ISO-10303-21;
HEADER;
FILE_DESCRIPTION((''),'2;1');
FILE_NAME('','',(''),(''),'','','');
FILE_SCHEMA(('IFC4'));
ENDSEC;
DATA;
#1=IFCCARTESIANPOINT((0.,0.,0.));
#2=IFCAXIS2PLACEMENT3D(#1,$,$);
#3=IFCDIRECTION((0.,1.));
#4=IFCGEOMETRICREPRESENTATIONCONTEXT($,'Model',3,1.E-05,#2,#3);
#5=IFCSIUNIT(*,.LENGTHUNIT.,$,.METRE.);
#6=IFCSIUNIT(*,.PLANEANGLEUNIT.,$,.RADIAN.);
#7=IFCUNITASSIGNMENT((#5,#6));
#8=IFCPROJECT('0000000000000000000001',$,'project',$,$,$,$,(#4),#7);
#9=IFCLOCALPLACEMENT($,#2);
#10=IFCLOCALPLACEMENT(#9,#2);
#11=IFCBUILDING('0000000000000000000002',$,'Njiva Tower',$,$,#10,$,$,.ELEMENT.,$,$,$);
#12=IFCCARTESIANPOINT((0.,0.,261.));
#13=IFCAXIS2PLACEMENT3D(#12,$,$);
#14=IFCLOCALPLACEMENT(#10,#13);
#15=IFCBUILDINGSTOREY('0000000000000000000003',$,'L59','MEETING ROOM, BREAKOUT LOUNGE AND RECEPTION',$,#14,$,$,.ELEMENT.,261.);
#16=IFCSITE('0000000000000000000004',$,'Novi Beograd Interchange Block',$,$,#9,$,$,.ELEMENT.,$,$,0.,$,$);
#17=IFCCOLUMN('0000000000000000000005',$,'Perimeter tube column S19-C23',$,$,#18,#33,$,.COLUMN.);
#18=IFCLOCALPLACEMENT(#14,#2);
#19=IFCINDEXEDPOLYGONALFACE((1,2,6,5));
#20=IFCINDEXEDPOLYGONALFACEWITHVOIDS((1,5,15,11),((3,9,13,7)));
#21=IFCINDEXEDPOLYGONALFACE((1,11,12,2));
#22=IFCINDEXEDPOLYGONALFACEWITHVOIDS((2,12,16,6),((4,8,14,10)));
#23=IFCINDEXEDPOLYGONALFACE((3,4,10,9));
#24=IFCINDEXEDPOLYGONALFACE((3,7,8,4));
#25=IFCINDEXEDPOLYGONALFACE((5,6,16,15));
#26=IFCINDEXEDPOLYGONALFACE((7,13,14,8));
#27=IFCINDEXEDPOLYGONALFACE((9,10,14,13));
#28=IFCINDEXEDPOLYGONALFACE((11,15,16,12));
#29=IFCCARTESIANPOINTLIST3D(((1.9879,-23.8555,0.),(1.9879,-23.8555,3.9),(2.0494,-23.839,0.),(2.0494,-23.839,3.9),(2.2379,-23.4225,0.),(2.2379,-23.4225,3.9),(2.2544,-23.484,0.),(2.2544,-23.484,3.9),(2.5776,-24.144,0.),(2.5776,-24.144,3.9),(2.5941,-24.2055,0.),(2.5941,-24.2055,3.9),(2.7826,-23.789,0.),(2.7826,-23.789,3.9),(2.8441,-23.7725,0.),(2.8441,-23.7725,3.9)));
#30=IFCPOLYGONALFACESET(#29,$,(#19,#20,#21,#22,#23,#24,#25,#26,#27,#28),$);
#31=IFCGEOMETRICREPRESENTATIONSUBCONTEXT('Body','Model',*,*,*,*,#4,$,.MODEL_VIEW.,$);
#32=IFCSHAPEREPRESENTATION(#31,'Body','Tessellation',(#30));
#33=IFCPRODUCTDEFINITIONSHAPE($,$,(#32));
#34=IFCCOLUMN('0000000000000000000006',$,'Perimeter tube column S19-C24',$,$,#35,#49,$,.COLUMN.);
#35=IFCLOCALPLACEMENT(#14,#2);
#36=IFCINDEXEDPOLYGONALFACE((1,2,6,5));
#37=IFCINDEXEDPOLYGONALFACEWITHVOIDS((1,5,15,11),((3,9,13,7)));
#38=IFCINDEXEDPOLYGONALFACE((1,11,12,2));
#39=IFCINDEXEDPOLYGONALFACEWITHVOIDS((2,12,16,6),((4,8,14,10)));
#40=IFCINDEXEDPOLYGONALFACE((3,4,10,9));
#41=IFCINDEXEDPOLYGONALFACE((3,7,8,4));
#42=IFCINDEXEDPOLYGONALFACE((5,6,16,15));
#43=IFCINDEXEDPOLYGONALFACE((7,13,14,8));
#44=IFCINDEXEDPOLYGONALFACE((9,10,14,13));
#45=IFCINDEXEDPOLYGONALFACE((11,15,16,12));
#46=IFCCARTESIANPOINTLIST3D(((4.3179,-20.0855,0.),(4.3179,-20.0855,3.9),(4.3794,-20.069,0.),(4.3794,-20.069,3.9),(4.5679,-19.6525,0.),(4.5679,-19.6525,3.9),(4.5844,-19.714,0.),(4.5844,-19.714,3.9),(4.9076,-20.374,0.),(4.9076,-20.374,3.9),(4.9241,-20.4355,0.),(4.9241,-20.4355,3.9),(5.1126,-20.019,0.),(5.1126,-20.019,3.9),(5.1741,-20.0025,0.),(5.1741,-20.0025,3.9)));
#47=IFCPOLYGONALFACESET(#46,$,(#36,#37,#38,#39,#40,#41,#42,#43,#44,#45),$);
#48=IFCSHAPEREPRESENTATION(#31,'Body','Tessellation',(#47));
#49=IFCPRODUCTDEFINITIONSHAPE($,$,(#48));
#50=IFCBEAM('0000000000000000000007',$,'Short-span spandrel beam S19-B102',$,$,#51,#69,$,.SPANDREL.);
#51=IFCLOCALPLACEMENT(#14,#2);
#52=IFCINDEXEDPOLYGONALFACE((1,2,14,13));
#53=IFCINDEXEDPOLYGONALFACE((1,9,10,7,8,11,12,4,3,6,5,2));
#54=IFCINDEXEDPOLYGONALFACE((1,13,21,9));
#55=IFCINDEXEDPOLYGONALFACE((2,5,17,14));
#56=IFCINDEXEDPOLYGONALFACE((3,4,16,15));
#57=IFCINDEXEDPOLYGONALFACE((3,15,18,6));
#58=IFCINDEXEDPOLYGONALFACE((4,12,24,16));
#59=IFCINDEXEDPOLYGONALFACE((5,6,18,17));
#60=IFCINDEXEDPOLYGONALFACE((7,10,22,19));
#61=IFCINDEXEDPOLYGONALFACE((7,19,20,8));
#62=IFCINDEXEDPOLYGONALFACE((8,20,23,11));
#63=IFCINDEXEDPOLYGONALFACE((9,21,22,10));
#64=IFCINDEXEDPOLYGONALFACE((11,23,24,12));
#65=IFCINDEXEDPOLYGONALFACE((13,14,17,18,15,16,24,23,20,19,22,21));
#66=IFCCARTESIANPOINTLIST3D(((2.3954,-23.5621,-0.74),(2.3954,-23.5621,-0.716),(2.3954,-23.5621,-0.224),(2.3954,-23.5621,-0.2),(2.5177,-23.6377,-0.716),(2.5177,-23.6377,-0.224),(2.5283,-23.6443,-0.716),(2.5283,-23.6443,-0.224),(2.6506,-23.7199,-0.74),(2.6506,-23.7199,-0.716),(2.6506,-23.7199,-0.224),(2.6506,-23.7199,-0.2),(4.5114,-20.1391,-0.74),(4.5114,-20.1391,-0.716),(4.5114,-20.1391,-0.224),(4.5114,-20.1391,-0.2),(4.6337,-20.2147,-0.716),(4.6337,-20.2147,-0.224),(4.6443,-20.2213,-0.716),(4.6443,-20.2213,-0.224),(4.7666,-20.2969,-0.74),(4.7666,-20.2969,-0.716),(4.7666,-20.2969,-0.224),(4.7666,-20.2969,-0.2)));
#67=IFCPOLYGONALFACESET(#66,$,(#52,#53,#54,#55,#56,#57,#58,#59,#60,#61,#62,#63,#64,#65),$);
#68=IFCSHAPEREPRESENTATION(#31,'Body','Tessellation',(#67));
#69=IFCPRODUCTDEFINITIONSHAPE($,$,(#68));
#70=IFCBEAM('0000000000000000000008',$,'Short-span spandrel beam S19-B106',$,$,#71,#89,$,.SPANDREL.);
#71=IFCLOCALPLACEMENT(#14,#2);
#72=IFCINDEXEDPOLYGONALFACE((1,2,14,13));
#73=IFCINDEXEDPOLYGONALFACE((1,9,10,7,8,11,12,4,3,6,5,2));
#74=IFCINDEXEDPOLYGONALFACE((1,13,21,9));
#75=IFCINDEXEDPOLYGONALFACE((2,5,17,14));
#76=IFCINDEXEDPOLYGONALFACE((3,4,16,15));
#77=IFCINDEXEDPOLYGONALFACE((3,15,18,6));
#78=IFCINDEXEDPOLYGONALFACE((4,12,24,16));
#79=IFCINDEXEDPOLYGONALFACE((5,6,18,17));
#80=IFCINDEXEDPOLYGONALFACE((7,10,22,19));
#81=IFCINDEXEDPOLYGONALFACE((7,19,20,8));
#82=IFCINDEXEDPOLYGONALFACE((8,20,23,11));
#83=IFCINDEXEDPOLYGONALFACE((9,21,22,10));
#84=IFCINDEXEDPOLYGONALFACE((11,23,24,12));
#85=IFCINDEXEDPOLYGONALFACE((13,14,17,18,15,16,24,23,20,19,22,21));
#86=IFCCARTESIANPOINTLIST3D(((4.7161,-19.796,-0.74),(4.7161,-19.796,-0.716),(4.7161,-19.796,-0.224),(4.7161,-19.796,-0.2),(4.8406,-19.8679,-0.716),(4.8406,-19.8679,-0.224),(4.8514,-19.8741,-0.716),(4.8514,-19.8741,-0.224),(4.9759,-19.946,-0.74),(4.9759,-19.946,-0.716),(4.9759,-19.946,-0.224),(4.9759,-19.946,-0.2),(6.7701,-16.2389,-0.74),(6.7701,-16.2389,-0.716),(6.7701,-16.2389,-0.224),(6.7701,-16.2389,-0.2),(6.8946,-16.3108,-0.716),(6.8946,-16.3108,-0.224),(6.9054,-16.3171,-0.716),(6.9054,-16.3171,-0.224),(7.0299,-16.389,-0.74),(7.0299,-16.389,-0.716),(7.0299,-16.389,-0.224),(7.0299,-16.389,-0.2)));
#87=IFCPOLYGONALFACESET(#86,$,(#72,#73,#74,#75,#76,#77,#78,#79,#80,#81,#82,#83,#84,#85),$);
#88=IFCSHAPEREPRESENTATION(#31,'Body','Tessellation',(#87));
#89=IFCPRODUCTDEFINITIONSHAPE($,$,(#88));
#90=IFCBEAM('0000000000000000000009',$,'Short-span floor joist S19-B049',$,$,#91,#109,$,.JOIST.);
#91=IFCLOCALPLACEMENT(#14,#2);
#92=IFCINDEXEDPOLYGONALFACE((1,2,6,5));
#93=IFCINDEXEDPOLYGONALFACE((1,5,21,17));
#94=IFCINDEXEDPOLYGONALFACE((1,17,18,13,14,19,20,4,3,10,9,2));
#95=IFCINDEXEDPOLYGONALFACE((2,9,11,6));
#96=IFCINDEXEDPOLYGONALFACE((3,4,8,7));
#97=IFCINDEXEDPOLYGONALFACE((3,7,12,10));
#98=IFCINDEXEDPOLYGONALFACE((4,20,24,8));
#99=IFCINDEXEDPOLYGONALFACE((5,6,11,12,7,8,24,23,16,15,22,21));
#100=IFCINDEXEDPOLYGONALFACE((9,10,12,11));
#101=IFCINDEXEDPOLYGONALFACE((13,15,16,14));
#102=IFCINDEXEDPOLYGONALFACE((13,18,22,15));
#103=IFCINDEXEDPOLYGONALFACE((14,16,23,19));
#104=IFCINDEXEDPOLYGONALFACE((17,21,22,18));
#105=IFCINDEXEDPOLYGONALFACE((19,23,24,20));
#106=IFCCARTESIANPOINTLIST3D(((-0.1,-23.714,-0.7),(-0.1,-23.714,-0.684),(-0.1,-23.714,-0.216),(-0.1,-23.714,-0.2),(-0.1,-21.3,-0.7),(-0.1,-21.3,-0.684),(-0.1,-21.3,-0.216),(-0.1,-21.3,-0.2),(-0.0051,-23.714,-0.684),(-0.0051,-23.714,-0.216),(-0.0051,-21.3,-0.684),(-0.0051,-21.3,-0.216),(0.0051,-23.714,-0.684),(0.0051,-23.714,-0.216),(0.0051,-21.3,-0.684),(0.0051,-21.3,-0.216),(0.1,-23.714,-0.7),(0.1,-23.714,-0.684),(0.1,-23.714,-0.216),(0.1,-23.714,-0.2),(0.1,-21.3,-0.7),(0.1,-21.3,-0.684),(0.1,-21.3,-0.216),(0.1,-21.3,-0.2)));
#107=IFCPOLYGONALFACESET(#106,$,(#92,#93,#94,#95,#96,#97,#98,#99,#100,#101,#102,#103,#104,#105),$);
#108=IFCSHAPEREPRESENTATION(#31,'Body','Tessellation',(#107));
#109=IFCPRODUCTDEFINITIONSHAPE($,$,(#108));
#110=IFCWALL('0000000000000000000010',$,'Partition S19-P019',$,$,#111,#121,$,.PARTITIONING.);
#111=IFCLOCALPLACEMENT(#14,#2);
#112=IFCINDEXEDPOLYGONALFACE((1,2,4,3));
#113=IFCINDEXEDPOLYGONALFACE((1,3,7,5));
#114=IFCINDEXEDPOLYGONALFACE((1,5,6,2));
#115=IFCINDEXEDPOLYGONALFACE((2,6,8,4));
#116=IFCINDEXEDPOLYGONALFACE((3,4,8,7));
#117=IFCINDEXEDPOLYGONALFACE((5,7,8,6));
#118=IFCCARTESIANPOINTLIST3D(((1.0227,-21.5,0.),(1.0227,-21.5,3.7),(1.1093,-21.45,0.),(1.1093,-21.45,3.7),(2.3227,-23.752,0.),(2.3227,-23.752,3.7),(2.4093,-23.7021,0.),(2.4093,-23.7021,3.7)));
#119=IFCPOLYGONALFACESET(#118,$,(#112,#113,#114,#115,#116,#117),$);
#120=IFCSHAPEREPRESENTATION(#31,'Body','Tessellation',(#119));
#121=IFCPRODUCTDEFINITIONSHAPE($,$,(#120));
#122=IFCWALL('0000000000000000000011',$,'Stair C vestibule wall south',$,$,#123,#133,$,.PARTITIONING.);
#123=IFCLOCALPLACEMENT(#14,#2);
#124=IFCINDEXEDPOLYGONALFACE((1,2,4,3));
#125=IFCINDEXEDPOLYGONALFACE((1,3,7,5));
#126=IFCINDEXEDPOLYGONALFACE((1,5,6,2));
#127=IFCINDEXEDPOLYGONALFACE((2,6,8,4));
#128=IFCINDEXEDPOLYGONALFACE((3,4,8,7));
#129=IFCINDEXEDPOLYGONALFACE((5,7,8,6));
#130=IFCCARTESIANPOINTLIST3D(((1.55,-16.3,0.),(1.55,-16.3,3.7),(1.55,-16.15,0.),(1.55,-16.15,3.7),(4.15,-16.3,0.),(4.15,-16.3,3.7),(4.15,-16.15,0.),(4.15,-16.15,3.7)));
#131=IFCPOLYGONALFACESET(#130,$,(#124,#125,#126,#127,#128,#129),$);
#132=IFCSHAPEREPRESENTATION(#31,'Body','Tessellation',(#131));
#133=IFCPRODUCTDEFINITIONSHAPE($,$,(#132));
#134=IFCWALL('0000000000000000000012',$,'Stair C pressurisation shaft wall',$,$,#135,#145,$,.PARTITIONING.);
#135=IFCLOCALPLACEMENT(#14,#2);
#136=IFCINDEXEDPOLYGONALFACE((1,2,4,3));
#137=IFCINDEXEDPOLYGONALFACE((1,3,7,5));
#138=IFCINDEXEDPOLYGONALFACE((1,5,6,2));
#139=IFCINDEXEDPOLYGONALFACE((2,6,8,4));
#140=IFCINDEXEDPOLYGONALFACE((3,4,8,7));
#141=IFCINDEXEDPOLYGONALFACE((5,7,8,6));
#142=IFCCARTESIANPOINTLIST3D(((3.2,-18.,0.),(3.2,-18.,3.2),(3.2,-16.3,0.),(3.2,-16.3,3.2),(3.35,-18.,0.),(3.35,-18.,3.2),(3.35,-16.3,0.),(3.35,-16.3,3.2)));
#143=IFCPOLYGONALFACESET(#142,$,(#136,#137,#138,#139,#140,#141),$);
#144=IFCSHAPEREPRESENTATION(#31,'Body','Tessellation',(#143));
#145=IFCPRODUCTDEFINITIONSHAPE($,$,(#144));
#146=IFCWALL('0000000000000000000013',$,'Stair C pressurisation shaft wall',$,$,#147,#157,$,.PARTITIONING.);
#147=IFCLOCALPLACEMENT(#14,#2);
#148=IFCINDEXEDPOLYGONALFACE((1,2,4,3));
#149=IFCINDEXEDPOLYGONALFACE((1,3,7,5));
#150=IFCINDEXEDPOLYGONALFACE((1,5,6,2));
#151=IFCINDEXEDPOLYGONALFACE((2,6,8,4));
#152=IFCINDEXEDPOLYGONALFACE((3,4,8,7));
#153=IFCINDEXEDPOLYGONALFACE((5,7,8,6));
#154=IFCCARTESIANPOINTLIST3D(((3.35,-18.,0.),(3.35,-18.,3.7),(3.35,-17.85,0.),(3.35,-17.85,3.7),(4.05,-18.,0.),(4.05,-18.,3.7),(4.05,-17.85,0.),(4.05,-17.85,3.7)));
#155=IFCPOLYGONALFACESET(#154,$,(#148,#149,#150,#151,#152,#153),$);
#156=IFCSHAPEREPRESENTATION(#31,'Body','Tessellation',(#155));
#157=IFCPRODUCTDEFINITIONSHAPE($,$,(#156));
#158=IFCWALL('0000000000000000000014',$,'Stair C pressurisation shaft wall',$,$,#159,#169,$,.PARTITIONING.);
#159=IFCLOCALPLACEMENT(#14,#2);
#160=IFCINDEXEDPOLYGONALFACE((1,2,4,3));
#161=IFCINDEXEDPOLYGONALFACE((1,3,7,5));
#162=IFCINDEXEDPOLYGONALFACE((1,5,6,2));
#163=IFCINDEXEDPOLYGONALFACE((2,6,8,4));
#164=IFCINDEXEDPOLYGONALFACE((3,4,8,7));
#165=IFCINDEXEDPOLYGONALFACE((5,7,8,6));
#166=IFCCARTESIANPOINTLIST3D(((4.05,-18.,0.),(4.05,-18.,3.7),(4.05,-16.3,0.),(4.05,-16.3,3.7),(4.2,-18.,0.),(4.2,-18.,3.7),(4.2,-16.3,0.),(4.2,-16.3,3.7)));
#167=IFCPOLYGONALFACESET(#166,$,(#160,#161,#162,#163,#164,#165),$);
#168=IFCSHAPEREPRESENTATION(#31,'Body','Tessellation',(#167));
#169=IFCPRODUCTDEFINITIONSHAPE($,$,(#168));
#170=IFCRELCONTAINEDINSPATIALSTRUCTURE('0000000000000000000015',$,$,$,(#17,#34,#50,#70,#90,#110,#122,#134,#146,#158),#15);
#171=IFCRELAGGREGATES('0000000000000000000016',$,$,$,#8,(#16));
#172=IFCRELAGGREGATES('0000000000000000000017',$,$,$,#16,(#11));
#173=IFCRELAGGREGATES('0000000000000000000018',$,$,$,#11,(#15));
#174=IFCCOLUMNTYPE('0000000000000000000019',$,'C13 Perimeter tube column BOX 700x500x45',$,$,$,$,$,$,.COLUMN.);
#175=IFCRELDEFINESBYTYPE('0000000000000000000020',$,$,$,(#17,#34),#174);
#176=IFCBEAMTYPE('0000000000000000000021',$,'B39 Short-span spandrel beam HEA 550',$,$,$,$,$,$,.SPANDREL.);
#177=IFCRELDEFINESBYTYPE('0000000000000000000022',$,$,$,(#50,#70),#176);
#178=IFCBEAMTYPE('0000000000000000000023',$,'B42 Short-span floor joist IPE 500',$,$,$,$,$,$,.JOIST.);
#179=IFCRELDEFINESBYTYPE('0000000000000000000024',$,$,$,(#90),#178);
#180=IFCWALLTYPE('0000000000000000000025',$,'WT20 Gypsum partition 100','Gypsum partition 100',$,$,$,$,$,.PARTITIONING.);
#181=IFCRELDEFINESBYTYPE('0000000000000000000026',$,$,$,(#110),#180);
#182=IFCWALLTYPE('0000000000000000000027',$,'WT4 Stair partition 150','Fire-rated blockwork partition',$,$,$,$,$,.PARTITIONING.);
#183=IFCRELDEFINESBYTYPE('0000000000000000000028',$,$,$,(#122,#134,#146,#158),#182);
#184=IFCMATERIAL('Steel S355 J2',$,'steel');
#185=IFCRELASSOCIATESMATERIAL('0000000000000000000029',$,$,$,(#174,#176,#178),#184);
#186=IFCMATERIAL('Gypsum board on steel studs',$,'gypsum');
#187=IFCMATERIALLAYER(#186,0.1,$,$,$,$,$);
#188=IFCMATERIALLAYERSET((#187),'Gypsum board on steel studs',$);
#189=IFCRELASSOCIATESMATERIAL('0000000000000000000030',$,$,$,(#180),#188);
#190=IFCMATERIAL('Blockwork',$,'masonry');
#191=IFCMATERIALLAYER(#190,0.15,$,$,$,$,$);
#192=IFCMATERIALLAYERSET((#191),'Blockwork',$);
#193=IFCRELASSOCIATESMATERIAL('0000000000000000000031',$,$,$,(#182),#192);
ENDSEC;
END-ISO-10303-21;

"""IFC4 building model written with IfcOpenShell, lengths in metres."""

from ifc_helpers import new_model, si_unit, direction, frame, frame_2d, origin, origin_2d, place, context, subcontext, project, spatial, rectangle, hollow_rectangle, i_section, extrude, material, layer, layer_set, material_profile, profile_set, type_object, element, save


model = new_model("IFC4")

# Units and contexts
model_context = context("Model", 3, precision=1e-05, world=origin(), true_north=direction((0.0, 1.0)))
body_context = subcontext(model_context, "Body", "Model", "MODEL_VIEW")
ifc_project = project(units=[si_unit("LENGTHUNIT", "METRE"), si_unit("PLANEANGLEUNIT", "RADIAN")], contexts=[model_context])

# Site, building, storey
site_placement = place(None, origin())
site = spatial("IfcSite", under=ifc_project, at=site_placement, Name="Novi Beograd Interchange Block", CompositionType="ELEMENT", RefElevation=0.0)
building_placement = place(site_placement, origin())
building = spatial("IfcBuilding", under=site, at=building_placement, Name="Njiva Tower", CompositionType="ELEMENT")
storey_placement = place(building_placement, frame((0.0, 0.0, 261.0)))
storey = spatial("IfcBuildingStorey", under=building, at=storey_placement, Name="L59", Description="MEETING ROOM, BREAKOUT LOUNGE AND RECEPTION", CompositionType="ELEMENT", Elevation=261.0)

# Columns
ifc_material_1 = material(Name="Steel S355 J2", Category="steel")
ifc_material_profile_1 = material_profile(ifc_material_1, hollow_rectangle(XDim=0.5, YDim=0.7, WallThickness=0.045, at=origin_2d()), Name="BOX 700x500x45")
ifc_profile_set_1 = profile_set([ifc_material_profile_1], Name="Steel S355 J2")
column_type = type_object("IfcColumnType", Name="C13 Perimeter tube column BOX 700x500x45", PredefinedType="COLUMN", material=ifc_profile_set_1)
for number, where, z_axis, x_axis, name in (
    (1, (2.416, -23.814, 0.0), (0.0, 0.0, 1.0), (0.5, 0.866025, 0.0), "Perimeter tube column S19-C23"),
    (2, (4.746, -20.044, 0.0), (0.0, 0.0, 1.0), (0.5, 0.866025, 0.0), "Perimeter tube column S19-C24"),
):
    element("IfcColumn", number, at=place(storey_placement, frame(where, z_axis=z_axis, x_axis=x_axis)), inside=storey, type_object=column_type, Name=name, PredefinedType="COLUMN", context=body_context, shape_type="SweptSolid", body=[
        extrude(hollow_rectangle(XDim=0.5, YDim=0.7, WallThickness=0.045, at=origin_2d()), origin(), (0.0, 0.0, 1.0), 3.9),
    ])

# Beams
ifc_material_profile_2 = material_profile(ifc_material_1, i_section(OverallWidth=0.3, OverallDepth=0.54, WebThickness=0.0125, FlangeThickness=0.024, at=origin_2d()), Name="HEA 550")
ifc_profile_set_2 = profile_set([ifc_material_profile_2], Name="Steel S355 J2")
beam_type_1 = type_object("IfcBeamType", Name="B39 Short-span spandrel beam HEA 550", PredefinedType="SPANDREL", material=ifc_profile_set_2)
beam_1_placement = place(storey_placement, frame((2.523, -23.641, -0.47), z_axis=(0.525816, 0.850599, 0.0), x_axis=(-0.850599, 0.525816, 0.0)))
element("IfcBeam", 3, at=beam_1_placement, inside=storey, type_object=beam_type_1, Name="Short-span spandrel beam S19-B102", PredefinedType="SPANDREL", context=body_context, shape_type="SweptSolid", body=[
    extrude(i_section(OverallWidth=0.3, OverallDepth=0.54, WebThickness=0.0125, FlangeThickness=0.024, at=origin_2d()), origin(), (0.0, 0.0, 1.0), 4.0242),
])
beam_2_placement = place(storey_placement, frame((4.846, -19.871, -0.47), z_axis=(0.500067, 0.865987, 0.0), x_axis=(-0.865987, 0.500067, 0.0)))
element("IfcBeam", 4, at=beam_2_placement, inside=storey, type_object=beam_type_1, Name="Short-span spandrel beam S19-B106", PredefinedType="SPANDREL", context=body_context, shape_type="SweptSolid", body=[
    extrude(i_section(OverallWidth=0.3, OverallDepth=0.54, WebThickness=0.0125, FlangeThickness=0.024, at=origin_2d()), origin(), (0.0, 0.0, 1.0), 4.1075),
])
ifc_material_profile_3 = material_profile(ifc_material_1, i_section(OverallWidth=0.2, OverallDepth=0.5, WebThickness=0.0102, FlangeThickness=0.016, at=origin_2d()), Name="IPE 500")
ifc_profile_set_3 = profile_set([ifc_material_profile_3], Name="Steel S355 J2")
beam_type_2 = type_object("IfcBeamType", Name="B42 Short-span floor joist IPE 500", PredefinedType="JOIST", material=ifc_profile_set_3)
beam_3_placement = place(storey_placement, frame((0.0, -21.3, -0.45), z_axis=(0.0, -1.0, 0.0), x_axis=(1.0, 0.0, 0.0)))
element("IfcBeam", 5, at=beam_3_placement, inside=storey, type_object=beam_type_2, Name="Short-span floor joist S19-B049", PredefinedType="JOIST", context=body_context, shape_type="SweptSolid", body=[
    extrude(i_section(OverallWidth=0.2, OverallDepth=0.5, WebThickness=0.0102, FlangeThickness=0.016, at=origin_2d()), origin(), (0.0, 0.0, 1.0), 2.414),
])

# Walls
ifc_material_2 = material(Name="Gypsum board on steel studs", Category="gypsum")
ifc_layer_1 = layer(ifc_material_2, 0.1)
ifc_layer_set_1 = layer_set([ifc_layer_1], Name="Gypsum board on steel studs")
wall_type_1 = type_object("IfcWallType", Name="WT20 Gypsum partition 100", Description="Gypsum partition 100", PredefinedType="PARTITIONING", material=ifc_layer_set_1)
wall_1_placement = place(storey_placement, frame((1.066, -21.475, 0.0), z_axis=(0.0, 0.0, 1.0), x_axis=(0.499944, -0.866058, 0.0)))
element("IfcWall", 6, at=wall_1_placement, inside=storey, type_object=wall_type_1, Name="Partition S19-P019", PredefinedType="PARTITIONING", context=body_context, shape_type="SweptSolid", body=[
    extrude(rectangle(XDim=2.6003, YDim=0.1, at=frame_2d((1.3002, 0.0))), origin(), (0.0, 0.0, 1.0), 3.7),
])
ifc_material_3 = material(Name="Blockwork", Category="masonry")
ifc_layer_2 = layer(ifc_material_3, 0.15)
ifc_layer_set_2 = layer_set([ifc_layer_2], Name="Blockwork")
wall_type_2 = type_object("IfcWallType", Name="WT4 Stair partition 150", Description="Fire-rated blockwork partition", PredefinedType="PARTITIONING", material=ifc_layer_set_2)
wall_2_placement = place(storey_placement, frame((1.55, -16.225, 0.0), z_axis=(0.0, 0.0, 1.0), x_axis=(1.0, 0.0, 0.0)))
element("IfcWall", 7, at=wall_2_placement, inside=storey, type_object=wall_type_2, Name="Stair C vestibule wall south", PredefinedType="PARTITIONING", context=body_context, shape_type="SweptSolid", body=[
    extrude(rectangle(XDim=2.6, YDim=0.15, at=frame_2d((1.3, 0.0))), origin(), (0.0, 0.0, 1.0), 3.7),
])
wall_3_placement = place(storey_placement, frame((3.275, -18.0, 0.0), z_axis=(0.0, 0.0, 1.0), x_axis=(0.0, 1.0, 0.0)))
element("IfcWall", 8, at=wall_3_placement, inside=storey, type_object=wall_type_2, Name="Stair C pressurisation shaft wall", PredefinedType="PARTITIONING", context=body_context, shape_type="SweptSolid", body=[
    extrude(rectangle(XDim=1.7, YDim=0.15, at=frame_2d((0.85, 0.0))), origin(), (0.0, 0.0, 1.0), 3.2),
])
wall_4_placement = place(storey_placement, frame((3.35, -17.925, 0.0), z_axis=(0.0, 0.0, 1.0), x_axis=(1.0, 0.0, 0.0)))
element("IfcWall", 9, at=wall_4_placement, inside=storey, type_object=wall_type_2, Name="Stair C pressurisation shaft wall", PredefinedType="PARTITIONING", context=body_context, shape_type="SweptSolid", body=[
    extrude(rectangle(XDim=0.7, YDim=0.15, at=frame_2d((0.35, 0.0))), origin(), (0.0, 0.0, 1.0), 3.7),
])
wall_5_placement = place(storey_placement, frame((4.125, -18.0, 0.0), z_axis=(0.0, 0.0, 1.0), x_axis=(0.0, 1.0, 0.0)))
element("IfcWall", 10, at=wall_5_placement, inside=storey, type_object=wall_type_2, Name="Stair C pressurisation shaft wall", PredefinedType="PARTITIONING", context=body_context, shape_type="SweptSolid", body=[
    extrude(rectangle(XDim=1.7, YDim=0.15, at=frame_2d((0.85, 0.0))), origin(), (0.0, 0.0, 1.0), 3.7),
])

save(model, "model.ifc")
